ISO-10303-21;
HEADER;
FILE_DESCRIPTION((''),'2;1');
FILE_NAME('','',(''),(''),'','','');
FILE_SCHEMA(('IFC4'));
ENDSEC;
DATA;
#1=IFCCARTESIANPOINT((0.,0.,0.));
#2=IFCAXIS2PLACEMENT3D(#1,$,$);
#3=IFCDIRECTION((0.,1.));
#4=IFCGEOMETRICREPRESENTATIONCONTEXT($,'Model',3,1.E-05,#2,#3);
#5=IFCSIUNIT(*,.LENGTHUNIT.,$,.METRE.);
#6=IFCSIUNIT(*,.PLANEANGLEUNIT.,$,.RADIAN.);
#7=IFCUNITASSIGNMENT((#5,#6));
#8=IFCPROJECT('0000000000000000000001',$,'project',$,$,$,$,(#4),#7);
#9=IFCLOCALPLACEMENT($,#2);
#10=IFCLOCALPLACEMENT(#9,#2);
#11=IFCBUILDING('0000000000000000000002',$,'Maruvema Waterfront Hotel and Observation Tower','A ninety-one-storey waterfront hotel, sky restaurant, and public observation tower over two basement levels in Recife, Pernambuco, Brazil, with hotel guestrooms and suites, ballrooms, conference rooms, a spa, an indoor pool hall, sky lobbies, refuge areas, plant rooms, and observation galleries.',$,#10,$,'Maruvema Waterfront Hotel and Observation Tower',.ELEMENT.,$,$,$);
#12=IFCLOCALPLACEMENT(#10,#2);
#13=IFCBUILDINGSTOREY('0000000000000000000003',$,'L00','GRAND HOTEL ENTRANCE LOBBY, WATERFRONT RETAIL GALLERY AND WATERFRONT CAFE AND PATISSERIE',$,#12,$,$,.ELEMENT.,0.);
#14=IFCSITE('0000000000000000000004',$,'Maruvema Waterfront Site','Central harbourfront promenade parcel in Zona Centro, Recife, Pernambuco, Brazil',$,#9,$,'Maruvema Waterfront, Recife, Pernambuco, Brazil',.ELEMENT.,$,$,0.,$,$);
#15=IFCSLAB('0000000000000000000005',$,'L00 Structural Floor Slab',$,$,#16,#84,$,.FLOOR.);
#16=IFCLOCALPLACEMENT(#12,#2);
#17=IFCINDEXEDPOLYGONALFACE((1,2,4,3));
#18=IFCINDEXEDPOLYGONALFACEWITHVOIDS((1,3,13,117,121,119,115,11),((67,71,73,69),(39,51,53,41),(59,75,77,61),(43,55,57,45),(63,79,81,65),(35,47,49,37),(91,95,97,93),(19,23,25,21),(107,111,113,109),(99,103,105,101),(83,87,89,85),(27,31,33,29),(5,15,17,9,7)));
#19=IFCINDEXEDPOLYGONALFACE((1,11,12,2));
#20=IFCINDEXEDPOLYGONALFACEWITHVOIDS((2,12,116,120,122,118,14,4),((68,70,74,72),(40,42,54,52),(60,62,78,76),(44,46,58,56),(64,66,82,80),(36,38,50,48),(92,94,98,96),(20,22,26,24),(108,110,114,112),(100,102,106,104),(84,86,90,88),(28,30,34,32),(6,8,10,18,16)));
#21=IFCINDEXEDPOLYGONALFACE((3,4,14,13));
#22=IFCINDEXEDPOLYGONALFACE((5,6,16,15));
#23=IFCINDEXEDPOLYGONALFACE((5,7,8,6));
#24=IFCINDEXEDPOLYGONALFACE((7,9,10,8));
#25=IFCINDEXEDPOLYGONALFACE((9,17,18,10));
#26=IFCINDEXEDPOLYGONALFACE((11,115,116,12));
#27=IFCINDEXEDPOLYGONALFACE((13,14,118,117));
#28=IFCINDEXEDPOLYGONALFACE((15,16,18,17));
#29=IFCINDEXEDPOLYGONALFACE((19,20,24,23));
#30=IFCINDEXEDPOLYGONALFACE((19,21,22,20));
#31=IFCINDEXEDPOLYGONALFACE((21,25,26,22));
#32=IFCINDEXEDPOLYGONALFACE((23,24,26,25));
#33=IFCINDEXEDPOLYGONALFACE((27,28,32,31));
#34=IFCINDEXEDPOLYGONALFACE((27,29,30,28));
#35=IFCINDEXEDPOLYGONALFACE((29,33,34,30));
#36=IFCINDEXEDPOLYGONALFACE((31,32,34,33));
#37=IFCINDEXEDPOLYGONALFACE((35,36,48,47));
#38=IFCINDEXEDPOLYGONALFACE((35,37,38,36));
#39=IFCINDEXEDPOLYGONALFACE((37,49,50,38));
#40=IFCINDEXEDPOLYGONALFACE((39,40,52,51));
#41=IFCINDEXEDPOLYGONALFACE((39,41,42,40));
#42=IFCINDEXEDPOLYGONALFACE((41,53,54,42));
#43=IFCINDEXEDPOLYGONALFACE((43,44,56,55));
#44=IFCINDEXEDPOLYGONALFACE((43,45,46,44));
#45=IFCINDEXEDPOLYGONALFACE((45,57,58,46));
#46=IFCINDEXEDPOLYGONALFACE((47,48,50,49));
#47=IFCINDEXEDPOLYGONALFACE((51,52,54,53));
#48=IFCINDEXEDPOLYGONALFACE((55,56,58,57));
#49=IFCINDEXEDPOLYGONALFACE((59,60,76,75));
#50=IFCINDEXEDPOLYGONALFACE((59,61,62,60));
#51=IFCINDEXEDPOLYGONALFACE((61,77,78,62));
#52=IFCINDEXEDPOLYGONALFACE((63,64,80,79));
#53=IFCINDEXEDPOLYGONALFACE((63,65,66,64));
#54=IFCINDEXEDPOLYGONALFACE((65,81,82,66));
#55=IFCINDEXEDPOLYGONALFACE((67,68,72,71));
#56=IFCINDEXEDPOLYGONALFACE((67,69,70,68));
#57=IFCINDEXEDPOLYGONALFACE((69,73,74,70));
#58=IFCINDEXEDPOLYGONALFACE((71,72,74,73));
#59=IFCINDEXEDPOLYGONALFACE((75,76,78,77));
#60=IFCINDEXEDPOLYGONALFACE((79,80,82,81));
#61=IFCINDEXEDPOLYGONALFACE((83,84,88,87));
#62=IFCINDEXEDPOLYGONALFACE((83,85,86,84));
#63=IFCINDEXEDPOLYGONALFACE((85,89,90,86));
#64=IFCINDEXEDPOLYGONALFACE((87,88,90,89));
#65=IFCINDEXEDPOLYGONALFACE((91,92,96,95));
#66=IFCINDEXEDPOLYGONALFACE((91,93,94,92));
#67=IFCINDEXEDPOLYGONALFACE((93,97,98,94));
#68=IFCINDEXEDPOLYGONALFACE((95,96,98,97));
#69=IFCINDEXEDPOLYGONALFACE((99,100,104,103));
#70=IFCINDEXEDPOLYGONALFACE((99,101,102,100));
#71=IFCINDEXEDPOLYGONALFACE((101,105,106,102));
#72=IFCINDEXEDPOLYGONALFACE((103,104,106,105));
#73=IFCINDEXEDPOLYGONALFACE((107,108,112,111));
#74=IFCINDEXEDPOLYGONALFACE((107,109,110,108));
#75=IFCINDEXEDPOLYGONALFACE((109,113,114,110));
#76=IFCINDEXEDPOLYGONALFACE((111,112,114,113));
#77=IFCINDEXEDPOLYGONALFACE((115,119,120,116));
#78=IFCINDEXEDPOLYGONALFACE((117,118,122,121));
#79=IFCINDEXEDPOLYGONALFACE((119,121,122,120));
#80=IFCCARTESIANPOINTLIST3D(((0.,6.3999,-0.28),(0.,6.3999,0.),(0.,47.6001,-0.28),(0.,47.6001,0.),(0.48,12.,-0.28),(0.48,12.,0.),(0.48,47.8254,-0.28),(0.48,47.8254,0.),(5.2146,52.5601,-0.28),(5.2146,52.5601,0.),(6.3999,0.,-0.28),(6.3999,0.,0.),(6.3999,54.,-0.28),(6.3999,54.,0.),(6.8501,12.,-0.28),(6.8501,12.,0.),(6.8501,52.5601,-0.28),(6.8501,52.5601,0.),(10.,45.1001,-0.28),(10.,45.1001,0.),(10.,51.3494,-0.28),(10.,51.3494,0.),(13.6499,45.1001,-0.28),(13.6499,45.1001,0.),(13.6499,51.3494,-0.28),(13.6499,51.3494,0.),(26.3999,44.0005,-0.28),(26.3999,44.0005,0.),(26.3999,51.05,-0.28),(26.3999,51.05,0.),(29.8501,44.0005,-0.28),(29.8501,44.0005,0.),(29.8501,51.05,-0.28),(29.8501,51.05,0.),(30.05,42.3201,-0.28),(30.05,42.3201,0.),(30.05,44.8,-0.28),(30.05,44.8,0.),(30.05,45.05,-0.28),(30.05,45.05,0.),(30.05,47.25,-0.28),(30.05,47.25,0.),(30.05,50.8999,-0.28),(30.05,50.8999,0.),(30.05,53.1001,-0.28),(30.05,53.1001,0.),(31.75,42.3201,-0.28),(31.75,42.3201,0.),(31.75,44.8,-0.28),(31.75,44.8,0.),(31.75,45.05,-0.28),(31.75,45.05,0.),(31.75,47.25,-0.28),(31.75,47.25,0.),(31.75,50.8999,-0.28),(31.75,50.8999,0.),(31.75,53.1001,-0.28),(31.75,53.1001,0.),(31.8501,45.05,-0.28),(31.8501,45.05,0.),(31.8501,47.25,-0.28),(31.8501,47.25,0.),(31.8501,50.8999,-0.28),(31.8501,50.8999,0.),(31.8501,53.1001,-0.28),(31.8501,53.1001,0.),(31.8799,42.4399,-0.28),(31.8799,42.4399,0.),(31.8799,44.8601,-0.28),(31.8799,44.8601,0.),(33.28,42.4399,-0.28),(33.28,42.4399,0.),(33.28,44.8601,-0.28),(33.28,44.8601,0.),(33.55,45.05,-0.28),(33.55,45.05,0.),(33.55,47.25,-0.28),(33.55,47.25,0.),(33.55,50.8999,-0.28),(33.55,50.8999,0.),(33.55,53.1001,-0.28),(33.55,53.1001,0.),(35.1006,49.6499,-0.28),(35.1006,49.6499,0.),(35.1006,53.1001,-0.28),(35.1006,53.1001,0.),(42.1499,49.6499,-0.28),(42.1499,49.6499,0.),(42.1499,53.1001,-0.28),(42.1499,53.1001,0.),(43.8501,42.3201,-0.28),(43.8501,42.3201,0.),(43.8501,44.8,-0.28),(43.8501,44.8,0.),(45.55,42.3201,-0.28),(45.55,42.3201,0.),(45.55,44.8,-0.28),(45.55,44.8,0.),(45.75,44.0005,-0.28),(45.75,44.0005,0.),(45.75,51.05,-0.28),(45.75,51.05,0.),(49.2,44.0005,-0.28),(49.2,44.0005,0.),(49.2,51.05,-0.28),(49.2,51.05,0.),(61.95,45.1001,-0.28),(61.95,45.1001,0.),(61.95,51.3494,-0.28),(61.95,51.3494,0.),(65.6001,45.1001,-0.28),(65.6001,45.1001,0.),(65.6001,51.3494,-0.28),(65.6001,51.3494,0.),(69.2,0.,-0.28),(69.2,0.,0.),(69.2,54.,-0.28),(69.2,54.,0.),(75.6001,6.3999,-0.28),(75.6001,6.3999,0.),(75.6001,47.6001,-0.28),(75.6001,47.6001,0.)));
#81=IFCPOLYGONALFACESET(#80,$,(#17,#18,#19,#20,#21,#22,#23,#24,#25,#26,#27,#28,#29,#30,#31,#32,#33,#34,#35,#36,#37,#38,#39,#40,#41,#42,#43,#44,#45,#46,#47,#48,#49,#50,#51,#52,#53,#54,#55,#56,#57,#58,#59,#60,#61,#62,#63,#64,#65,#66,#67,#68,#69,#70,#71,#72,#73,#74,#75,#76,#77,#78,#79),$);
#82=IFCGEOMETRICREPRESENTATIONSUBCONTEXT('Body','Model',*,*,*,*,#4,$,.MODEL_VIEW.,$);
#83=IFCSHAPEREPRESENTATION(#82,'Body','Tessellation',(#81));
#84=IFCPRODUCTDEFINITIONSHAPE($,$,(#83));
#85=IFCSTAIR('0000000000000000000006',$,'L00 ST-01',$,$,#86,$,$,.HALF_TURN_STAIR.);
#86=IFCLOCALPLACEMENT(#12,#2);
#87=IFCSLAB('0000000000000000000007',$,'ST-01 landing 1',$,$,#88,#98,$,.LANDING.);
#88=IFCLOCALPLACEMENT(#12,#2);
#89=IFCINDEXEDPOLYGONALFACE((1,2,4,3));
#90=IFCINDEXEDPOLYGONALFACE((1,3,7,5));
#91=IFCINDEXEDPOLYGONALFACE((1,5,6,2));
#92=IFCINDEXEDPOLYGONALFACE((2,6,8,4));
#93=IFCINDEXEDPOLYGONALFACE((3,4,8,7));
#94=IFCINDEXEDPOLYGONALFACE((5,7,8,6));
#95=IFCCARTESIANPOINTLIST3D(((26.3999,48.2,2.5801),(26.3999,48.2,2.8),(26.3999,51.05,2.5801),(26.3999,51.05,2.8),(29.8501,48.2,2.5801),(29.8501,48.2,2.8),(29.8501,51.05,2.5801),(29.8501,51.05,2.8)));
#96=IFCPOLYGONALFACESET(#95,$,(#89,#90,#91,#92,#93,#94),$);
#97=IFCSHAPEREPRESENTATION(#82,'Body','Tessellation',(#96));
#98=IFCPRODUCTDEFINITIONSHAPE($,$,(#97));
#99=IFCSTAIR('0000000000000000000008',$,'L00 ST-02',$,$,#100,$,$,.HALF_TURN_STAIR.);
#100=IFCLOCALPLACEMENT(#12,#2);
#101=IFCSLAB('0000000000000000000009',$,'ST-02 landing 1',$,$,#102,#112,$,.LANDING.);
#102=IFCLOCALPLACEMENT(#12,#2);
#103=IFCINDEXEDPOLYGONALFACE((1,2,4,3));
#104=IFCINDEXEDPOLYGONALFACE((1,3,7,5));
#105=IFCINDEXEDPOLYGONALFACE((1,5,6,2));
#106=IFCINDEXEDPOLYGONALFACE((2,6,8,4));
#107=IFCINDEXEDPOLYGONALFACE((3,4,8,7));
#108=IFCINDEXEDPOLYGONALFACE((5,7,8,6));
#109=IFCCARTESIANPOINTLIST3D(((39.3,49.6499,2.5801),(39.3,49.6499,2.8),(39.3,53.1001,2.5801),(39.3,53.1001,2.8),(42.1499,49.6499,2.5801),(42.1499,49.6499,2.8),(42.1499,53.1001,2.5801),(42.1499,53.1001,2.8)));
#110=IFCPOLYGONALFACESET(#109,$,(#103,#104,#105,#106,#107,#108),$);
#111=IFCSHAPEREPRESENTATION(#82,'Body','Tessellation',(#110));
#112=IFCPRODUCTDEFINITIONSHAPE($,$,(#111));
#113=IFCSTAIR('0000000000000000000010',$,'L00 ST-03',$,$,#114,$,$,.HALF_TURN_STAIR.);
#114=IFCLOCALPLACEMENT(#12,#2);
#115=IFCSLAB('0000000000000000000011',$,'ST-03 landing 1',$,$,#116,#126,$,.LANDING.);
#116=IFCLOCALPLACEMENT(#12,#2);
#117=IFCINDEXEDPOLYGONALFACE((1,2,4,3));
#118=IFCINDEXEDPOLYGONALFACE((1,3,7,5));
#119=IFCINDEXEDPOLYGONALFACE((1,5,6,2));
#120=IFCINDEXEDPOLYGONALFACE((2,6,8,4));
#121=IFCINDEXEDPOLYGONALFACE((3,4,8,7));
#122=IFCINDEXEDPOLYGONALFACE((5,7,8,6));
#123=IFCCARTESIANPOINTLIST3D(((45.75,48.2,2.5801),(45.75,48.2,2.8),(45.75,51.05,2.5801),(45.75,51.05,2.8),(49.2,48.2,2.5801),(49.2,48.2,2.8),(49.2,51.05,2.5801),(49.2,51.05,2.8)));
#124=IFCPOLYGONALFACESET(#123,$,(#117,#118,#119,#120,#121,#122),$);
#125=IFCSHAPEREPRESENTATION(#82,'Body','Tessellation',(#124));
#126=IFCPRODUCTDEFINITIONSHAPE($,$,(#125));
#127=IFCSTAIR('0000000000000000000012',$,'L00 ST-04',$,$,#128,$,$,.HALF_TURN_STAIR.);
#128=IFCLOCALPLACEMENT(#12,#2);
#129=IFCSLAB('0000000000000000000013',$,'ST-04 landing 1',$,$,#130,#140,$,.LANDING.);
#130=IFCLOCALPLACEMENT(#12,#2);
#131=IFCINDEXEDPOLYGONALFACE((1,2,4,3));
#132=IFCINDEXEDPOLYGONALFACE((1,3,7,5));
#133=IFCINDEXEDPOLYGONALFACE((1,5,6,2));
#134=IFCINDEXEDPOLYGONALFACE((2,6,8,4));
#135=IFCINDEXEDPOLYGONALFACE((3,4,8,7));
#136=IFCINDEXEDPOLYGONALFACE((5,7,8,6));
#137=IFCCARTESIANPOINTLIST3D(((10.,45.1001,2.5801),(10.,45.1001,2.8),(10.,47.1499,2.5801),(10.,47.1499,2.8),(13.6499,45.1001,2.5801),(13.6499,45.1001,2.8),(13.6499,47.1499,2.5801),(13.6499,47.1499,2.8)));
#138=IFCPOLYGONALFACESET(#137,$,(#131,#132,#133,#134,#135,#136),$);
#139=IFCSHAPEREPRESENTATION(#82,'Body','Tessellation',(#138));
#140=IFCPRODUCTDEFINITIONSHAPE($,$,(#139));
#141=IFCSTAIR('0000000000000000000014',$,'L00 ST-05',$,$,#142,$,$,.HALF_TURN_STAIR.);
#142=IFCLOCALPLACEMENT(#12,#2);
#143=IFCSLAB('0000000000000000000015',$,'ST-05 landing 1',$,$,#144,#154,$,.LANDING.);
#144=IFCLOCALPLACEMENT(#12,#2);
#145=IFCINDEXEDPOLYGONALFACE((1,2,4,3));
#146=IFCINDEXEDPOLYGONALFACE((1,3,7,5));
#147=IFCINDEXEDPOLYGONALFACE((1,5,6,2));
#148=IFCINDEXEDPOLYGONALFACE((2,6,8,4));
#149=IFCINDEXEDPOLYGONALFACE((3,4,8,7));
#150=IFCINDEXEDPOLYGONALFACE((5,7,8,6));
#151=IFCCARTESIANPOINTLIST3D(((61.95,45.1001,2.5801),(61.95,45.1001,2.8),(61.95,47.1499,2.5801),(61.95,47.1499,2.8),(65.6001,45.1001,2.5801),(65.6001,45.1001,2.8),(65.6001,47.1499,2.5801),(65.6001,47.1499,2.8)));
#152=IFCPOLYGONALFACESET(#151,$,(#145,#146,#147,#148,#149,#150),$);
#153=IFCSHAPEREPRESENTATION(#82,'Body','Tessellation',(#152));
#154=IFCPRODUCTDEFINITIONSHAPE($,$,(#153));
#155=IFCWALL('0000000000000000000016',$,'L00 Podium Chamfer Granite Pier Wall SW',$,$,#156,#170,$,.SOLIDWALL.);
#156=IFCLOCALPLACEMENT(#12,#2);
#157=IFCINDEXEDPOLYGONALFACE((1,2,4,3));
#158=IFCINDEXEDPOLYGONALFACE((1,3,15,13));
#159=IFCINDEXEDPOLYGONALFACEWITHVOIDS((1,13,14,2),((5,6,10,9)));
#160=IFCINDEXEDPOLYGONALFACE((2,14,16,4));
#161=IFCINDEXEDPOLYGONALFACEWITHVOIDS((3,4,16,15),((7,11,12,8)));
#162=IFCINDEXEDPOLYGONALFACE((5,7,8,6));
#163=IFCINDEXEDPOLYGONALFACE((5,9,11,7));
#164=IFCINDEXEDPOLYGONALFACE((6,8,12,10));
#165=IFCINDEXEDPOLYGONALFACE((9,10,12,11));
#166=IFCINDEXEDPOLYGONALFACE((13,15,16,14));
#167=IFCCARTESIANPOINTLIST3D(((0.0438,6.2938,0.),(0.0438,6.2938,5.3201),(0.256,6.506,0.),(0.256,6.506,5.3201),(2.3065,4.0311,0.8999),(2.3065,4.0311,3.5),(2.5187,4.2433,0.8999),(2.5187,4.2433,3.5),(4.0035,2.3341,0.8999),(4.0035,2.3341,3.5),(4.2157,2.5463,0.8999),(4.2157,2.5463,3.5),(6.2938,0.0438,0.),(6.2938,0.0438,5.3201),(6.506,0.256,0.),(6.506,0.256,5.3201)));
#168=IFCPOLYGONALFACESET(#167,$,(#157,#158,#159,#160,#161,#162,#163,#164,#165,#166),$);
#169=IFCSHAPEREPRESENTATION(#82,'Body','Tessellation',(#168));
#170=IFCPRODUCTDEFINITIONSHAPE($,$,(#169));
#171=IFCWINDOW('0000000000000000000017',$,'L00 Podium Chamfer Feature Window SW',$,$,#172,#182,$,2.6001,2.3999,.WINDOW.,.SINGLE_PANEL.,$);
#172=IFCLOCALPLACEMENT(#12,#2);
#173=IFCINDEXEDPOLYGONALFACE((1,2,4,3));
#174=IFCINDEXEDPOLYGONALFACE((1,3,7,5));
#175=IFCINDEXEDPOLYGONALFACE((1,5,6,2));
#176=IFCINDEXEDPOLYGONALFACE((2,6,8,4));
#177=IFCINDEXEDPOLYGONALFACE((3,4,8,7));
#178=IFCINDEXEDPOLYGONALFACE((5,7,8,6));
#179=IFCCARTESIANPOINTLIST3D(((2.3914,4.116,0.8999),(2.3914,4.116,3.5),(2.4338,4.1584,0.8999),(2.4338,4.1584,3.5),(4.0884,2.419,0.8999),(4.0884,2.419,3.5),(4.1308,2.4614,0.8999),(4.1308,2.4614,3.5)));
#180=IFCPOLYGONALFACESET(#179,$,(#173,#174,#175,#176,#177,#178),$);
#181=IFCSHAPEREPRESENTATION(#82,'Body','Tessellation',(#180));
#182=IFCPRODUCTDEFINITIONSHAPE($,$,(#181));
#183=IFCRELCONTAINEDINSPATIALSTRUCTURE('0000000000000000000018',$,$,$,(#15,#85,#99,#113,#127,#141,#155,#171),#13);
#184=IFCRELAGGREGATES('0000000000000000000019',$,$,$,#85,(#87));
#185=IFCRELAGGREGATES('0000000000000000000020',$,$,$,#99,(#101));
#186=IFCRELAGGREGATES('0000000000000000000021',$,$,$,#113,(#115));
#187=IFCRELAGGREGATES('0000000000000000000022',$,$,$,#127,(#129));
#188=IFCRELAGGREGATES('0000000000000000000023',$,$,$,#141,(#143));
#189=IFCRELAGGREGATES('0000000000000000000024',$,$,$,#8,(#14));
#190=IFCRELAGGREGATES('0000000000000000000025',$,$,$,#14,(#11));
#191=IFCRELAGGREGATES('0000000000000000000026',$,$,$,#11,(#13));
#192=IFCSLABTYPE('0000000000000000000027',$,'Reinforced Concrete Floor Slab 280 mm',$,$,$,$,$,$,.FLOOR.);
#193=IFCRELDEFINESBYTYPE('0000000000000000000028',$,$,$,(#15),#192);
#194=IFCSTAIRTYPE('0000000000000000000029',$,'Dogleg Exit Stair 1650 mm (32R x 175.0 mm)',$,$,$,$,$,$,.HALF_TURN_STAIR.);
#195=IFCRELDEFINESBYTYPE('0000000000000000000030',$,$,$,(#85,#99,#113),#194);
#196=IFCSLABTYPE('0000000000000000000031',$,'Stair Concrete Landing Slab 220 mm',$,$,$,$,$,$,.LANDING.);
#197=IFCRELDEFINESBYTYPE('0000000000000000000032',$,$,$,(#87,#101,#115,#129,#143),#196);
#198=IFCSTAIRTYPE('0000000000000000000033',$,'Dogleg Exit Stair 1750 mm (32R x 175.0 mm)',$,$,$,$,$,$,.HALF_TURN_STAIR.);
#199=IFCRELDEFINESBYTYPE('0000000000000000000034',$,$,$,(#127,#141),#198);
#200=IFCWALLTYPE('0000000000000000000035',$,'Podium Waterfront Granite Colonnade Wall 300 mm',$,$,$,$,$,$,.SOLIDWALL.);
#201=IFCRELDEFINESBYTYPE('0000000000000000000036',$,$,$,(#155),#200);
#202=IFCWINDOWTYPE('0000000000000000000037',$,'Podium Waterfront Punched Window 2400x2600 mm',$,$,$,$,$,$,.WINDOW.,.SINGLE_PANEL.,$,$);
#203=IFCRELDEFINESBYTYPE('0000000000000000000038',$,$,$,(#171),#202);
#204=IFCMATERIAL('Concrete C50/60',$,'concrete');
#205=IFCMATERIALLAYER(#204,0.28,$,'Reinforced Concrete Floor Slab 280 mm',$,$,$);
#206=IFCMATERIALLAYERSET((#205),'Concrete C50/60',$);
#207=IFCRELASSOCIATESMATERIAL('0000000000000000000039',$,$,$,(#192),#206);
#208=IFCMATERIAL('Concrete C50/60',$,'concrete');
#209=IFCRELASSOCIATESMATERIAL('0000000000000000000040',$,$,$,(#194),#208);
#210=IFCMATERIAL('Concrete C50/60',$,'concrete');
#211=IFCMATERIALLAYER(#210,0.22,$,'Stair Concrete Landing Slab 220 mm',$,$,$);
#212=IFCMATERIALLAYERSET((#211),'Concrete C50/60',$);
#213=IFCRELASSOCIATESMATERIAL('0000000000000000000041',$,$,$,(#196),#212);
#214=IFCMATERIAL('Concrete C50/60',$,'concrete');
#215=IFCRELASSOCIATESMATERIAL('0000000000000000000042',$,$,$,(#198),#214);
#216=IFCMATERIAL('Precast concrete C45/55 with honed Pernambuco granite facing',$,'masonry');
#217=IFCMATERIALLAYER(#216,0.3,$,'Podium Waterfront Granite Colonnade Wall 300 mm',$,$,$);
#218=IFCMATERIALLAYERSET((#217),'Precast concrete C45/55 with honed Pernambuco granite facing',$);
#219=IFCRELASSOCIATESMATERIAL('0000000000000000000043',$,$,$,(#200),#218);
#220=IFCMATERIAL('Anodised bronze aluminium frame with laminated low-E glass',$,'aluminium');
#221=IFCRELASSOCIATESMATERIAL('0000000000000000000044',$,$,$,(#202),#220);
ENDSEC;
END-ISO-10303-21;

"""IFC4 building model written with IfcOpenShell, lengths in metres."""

from ifc_helpers import new_model, si_unit, direction, frame, frame_2d, origin, place, context, subcontext, project, spatial, polyline, rectangle, outline, extrude, material, layer, layer_set, type_object, element, fill, aggregate, save


model = new_model("IFC4")

# Units and contexts
model_context = context("Model", 3, precision=1e-05, world=origin(), true_north=direction((0.0, 1.0)))
body_context = subcontext(model_context, "Body", "Model", "MODEL_VIEW")
ifc_project = project(units=[si_unit("LENGTHUNIT", "METRE"), si_unit("PLANEANGLEUNIT", "RADIAN")], contexts=[model_context])

# Site, building, storey
site_placement = place(None, origin())
site = spatial("IfcSite", under=ifc_project, at=site_placement, Name="Maruvema Waterfront Site", Description="Central harbourfront promenade parcel in Zona Centro, Recife, Pernambuco, Brazil", LongName="Maruvema Waterfront, Recife, Pernambuco, Brazil", CompositionType="ELEMENT", RefElevation=0.0)
building_placement = place(site_placement, origin())
building = spatial("IfcBuilding", under=site, at=building_placement, Name="Maruvema Waterfront Hotel and Observation Tower", Description="A ninety-one-storey waterfront hotel, sky restaurant, and public observation tower over two basement levels in Recife, Pernambuco, Brazil, with hotel guestrooms and suites, ballrooms, conference rooms, a spa, an indoor pool hall, sky lobbies, refuge areas, plant rooms, and observation galleries.", LongName="Maruvema Waterfront Hotel and Observation Tower", CompositionType="ELEMENT")
storey_placement = place(building_placement, origin())
storey = spatial("IfcBuildingStorey", under=building, at=storey_placement, Name="L00", Description="GRAND HOTEL ENTRANCE LOBBY, WATERFRONT RETAIL GALLERY AND WATERFRONT CAFE AND PATISSERIE", CompositionType="ELEMENT", Elevation=0.0)

# Slab
ifc_material_1 = material(Name="Concrete C50/60", Category="concrete")
ifc_layer_1 = layer(ifc_material_1, 0.28, Name="Reinforced Concrete Floor Slab 280 mm")
ifc_layer_set_1 = layer_set([ifc_layer_1], Name="Concrete C50/60")
slab_type_1 = type_object("IfcSlabType", Name="Reinforced Concrete Floor Slab 280 mm", PredefinedType="FLOOR", material=ifc_layer_set_1)
slab_1_placement = place(storey_placement, frame((0.0, 0.0, -0.28)))
element("IfcSlab", 1, at=slab_1_placement, inside=storey, type_object=slab_type_1, Name="L00 Structural Floor Slab", PredefinedType="FLOOR", context=body_context, shape_type="SweptSolid", body=[
    extrude(outline(polyline([(6.3999, 0.0), (69.2, 0.0), (75.6001, 6.3999), (75.6001, 47.6001), (69.2, 54.0), (6.3999, 54.0), (0.0, 47.6001), (0.0, 6.3999), (6.3999, 0.0)]), holes=[polyline([(0.48, 47.8254), (5.2146, 52.5601), (6.8501, 52.5601), (6.8501, 12.0), (0.48, 12.0), (0.48, 47.8254)]), polyline([(13.6499, 51.3494), (13.6499, 45.1001), (10.0, 45.1001), (10.0, 51.3494), (13.6499, 51.3494)]), polyline([(26.3999, 44.0005), (26.3999, 51.05), (29.8501, 51.05), (29.8501, 44.0005), (26.3999, 44.0005)]), polyline([(30.05, 44.8), (31.75, 44.8), (31.75, 42.3201), (30.05, 42.3201), (30.05, 44.8)]), polyline([(30.05, 45.05), (30.05, 47.25), (31.75, 47.25), (31.75, 45.05), (30.05, 45.05)]), polyline([(30.05, 50.8999), (30.05, 53.1001), (31.75, 53.1001), (31.75, 50.8999), (30.05, 50.8999)]), polyline([(31.8799, 44.8601), (33.28, 44.8601), (33.28, 42.4399), (31.8799, 42.4399), (31.8799, 44.8601)]), polyline([(31.8501, 47.25), (33.55, 47.25), (33.55, 45.05), (31.8501, 45.05), (31.8501, 47.25)]), polyline([(31.8501, 53.1001), (33.55, 53.1001), (33.55, 50.8999), (31.8501, 50.8999), (31.8501, 53.1001)]), polyline([(35.1006, 53.1001), (42.1499, 53.1001), (42.1499, 49.6499), (35.1006, 49.6499), (35.1006, 53.1001)]), polyline([(43.8501, 44.8), (45.55, 44.8), (45.55, 42.3201), (43.8501, 42.3201), (43.8501, 44.8)]), polyline([(45.75, 44.0005), (45.75, 51.05), (49.2, 51.05), (49.2, 44.0005), (45.75, 44.0005)]), polyline([(65.6001, 51.3494), (65.6001, 45.1001), (61.95, 45.1001), (61.95, 51.3494), (65.6001, 51.3494)])]), origin(), (0.0, 0.0, 1.0), 0.28),
])

# Stairs, slabs
ifc_material_2 = material(Name="Concrete C50/60", Category="concrete")
stair_type_1 = type_object("IfcStairType", Name="Dogleg Exit Stair 1650 mm (32R x 175.0 mm)", PredefinedType="HALF_TURN_STAIR", material=ifc_material_2)
stair_1_placement = place(storey_placement, origin())
stair_1 = element("IfcStair", 2, at=stair_1_placement, inside=storey, type_object=stair_type_1, Name="L00 ST-01", PredefinedType="HALF_TURN_STAIR")
ifc_material_3 = material(Name="Concrete C50/60", Category="concrete")
ifc_layer_2 = layer(ifc_material_3, 0.22, Name="Stair Concrete Landing Slab 220 mm")
ifc_layer_set_2 = layer_set([ifc_layer_2], Name="Concrete C50/60")
slab_type_2 = type_object("IfcSlabType", Name="Stair Concrete Landing Slab 220 mm", PredefinedType="LANDING", material=ifc_layer_set_2)
slab_2_placement = place(storey_placement, frame((0.0, 0.0, 2.5801)))
slab_2 = element("IfcSlab", 3, at=slab_2_placement, type_object=slab_type_2, Name="ST-01 landing 1", PredefinedType="LANDING", context=body_context, shape_type="SweptSolid", body=[
    extrude(outline(polyline([(29.8501, 48.2), (29.8501, 51.05), (26.3999, 51.05), (26.3999, 48.2), (29.8501, 48.2)])), origin(), (0.0, 0.0, 1.0), 0.22),
])
aggregate(stair_1, [slab_2])
stair_2_placement = place(storey_placement, origin())
stair_2 = element("IfcStair", 4, at=stair_2_placement, inside=storey, type_object=stair_type_1, Name="L00 ST-02", PredefinedType="HALF_TURN_STAIR")
slab_3_placement = place(storey_placement, frame((0.0, 0.0, 2.5801)))
slab_3 = element("IfcSlab", 5, at=slab_3_placement, type_object=slab_type_2, Name="ST-02 landing 1", PredefinedType="LANDING", context=body_context, shape_type="SweptSolid", body=[
    extrude(outline(polyline([(39.3, 49.6499), (42.1499, 49.6499), (42.1499, 53.1001), (39.3, 53.1001), (39.3, 49.6499)])), origin(), (0.0, 0.0, 1.0), 0.22),
])
aggregate(stair_2, [slab_3])
stair_3_placement = place(storey_placement, origin())
stair_3 = element("IfcStair", 6, at=stair_3_placement, inside=storey, type_object=stair_type_1, Name="L00 ST-03", PredefinedType="HALF_TURN_STAIR")
slab_4_placement = place(storey_placement, frame((0.0, 0.0, 2.5801)))
slab_4 = element("IfcSlab", 7, at=slab_4_placement, type_object=slab_type_2, Name="ST-03 landing 1", PredefinedType="LANDING", context=body_context, shape_type="SweptSolid", body=[
    extrude(outline(polyline([(49.2, 48.2), (49.2, 51.05), (45.75, 51.05), (45.75, 48.2), (49.2, 48.2)])), origin(), (0.0, 0.0, 1.0), 0.22),
])
aggregate(stair_3, [slab_4])
ifc_material_4 = material(Name="Concrete C50/60", Category="concrete")
stair_type_2 = type_object("IfcStairType", Name="Dogleg Exit Stair 1750 mm (32R x 175.0 mm)", PredefinedType="HALF_TURN_STAIR", material=ifc_material_4)
stair_4_placement = place(storey_placement, origin())
stair_4 = element("IfcStair", 8, at=stair_4_placement, inside=storey, type_object=stair_type_2, Name="L00 ST-04", PredefinedType="HALF_TURN_STAIR")
slab_5_placement = place(storey_placement, frame((0.0, 0.0, 2.5801)))
slab_5 = element("IfcSlab", 9, at=slab_5_placement, type_object=slab_type_2, Name="ST-04 landing 1", PredefinedType="LANDING", context=body_context, shape_type="SweptSolid", body=[
    extrude(outline(polyline([(10.0, 47.1499), (10.0, 45.1001), (13.6499, 45.1001), (13.6499, 47.1499), (10.0, 47.1499)])), origin(), (0.0, 0.0, 1.0), 0.22),
])
aggregate(stair_4, [slab_5])
stair_5_placement = place(storey_placement, origin())
stair_5 = element("IfcStair", 10, at=stair_5_placement, inside=storey, type_object=stair_type_2, Name="L00 ST-05", PredefinedType="HALF_TURN_STAIR")
slab_6_placement = place(storey_placement, frame((0.0, 0.0, 2.5801)))
slab_6 = element("IfcSlab", 11, at=slab_6_placement, type_object=slab_type_2, Name="ST-05 landing 1", PredefinedType="LANDING", context=body_context, shape_type="SweptSolid", body=[
    extrude(outline(polyline([(61.95, 47.1499), (61.95, 45.1001), (65.6001, 45.1001), (65.6001, 47.1499), (61.95, 47.1499)])), origin(), (0.0, 0.0, 1.0), 0.22),
])
aggregate(stair_5, [slab_6])

# Wall, opening, window
ifc_material_5 = material(Name="Precast concrete C45/55 with honed Pernambuco granite facing", Category="masonry")
ifc_layer_3 = layer(ifc_material_5, 0.3, Name="Podium Waterfront Granite Colonnade Wall 300 mm")
ifc_layer_set_3 = layer_set([ifc_layer_3], Name="Precast concrete C45/55 with honed Pernambuco granite facing")
wall_type = type_object("IfcWallType", Name="Podium Waterfront Granite Colonnade Wall 300 mm", PredefinedType="SOLIDWALL", material=ifc_layer_set_3)
wall_placement = place(storey_placement, frame((0.1499, 6.3999, 0.0), z_axis=(0.0, 0.0, 1.0), x_axis=(0.707107, -0.707107, 0.0)))
wall = element("IfcWall", 12, at=wall_placement, inside=storey, type_object=wall_type, Name="L00 Podium Chamfer Granite Pier Wall SW", PredefinedType="SOLIDWALL", context=body_context, shape_type="SweptSolid", body=[
    extrude(rectangle(XDim=8.8389, YDim=0.3, at=frame_2d((4.4194, 0.0))), origin(), (0.0, 0.0, 1.0), 5.3201),
])
opening_placement = place(wall_placement, frame((3.2, 0.0, 0.8999)))
opening = element("IfcOpeningElement", 13, at=opening_placement, cuts=wall, PredefinedType="OPENING", context=body_context, shape_type="SweptSolid", body=[
    extrude(rectangle(XDim=2.3999, YDim=2.6001, at=frame_2d((1.2, 1.3))), frame((0.0, 0.1602, 0.0), z_axis=(0.0, -1.0, 0.0), x_axis=(1.0, 0.0, 0.0)), (0.0, 0.0, 1.0), 0.3201),
])
ifc_material_6 = material(Name="Anodised bronze aluminium frame with laminated low-E glass", Category="aluminium")
window_type = type_object("IfcWindowType", Name="Podium Waterfront Punched Window 2400x2600 mm", PartitioningType="SINGLE_PANEL", PredefinedType="WINDOW", material=ifc_material_6)
window_placement = place(opening_placement, origin())
window = element("IfcWindow", 14, at=window_placement, inside=storey, type_object=window_type, Name="L00 Podium Chamfer Feature Window SW", OverallHeight=2.6001, OverallWidth=2.3999, PartitioningType="SINGLE_PANEL", PredefinedType="WINDOW", context=body_context, shape_type="SweptSolid", body=[
    extrude(rectangle(XDim=2.3999, YDim=2.6001, at=frame_2d((1.2, 1.3))), frame((0.0, 0.03, 0.0), z_axis=(0.0, -1.0, 0.0), x_axis=(1.0, 0.0, 0.0)), (0.0, 0.0, 1.0), 0.0601),
])
fill(opening, window)

save(model, "model.ifc")
